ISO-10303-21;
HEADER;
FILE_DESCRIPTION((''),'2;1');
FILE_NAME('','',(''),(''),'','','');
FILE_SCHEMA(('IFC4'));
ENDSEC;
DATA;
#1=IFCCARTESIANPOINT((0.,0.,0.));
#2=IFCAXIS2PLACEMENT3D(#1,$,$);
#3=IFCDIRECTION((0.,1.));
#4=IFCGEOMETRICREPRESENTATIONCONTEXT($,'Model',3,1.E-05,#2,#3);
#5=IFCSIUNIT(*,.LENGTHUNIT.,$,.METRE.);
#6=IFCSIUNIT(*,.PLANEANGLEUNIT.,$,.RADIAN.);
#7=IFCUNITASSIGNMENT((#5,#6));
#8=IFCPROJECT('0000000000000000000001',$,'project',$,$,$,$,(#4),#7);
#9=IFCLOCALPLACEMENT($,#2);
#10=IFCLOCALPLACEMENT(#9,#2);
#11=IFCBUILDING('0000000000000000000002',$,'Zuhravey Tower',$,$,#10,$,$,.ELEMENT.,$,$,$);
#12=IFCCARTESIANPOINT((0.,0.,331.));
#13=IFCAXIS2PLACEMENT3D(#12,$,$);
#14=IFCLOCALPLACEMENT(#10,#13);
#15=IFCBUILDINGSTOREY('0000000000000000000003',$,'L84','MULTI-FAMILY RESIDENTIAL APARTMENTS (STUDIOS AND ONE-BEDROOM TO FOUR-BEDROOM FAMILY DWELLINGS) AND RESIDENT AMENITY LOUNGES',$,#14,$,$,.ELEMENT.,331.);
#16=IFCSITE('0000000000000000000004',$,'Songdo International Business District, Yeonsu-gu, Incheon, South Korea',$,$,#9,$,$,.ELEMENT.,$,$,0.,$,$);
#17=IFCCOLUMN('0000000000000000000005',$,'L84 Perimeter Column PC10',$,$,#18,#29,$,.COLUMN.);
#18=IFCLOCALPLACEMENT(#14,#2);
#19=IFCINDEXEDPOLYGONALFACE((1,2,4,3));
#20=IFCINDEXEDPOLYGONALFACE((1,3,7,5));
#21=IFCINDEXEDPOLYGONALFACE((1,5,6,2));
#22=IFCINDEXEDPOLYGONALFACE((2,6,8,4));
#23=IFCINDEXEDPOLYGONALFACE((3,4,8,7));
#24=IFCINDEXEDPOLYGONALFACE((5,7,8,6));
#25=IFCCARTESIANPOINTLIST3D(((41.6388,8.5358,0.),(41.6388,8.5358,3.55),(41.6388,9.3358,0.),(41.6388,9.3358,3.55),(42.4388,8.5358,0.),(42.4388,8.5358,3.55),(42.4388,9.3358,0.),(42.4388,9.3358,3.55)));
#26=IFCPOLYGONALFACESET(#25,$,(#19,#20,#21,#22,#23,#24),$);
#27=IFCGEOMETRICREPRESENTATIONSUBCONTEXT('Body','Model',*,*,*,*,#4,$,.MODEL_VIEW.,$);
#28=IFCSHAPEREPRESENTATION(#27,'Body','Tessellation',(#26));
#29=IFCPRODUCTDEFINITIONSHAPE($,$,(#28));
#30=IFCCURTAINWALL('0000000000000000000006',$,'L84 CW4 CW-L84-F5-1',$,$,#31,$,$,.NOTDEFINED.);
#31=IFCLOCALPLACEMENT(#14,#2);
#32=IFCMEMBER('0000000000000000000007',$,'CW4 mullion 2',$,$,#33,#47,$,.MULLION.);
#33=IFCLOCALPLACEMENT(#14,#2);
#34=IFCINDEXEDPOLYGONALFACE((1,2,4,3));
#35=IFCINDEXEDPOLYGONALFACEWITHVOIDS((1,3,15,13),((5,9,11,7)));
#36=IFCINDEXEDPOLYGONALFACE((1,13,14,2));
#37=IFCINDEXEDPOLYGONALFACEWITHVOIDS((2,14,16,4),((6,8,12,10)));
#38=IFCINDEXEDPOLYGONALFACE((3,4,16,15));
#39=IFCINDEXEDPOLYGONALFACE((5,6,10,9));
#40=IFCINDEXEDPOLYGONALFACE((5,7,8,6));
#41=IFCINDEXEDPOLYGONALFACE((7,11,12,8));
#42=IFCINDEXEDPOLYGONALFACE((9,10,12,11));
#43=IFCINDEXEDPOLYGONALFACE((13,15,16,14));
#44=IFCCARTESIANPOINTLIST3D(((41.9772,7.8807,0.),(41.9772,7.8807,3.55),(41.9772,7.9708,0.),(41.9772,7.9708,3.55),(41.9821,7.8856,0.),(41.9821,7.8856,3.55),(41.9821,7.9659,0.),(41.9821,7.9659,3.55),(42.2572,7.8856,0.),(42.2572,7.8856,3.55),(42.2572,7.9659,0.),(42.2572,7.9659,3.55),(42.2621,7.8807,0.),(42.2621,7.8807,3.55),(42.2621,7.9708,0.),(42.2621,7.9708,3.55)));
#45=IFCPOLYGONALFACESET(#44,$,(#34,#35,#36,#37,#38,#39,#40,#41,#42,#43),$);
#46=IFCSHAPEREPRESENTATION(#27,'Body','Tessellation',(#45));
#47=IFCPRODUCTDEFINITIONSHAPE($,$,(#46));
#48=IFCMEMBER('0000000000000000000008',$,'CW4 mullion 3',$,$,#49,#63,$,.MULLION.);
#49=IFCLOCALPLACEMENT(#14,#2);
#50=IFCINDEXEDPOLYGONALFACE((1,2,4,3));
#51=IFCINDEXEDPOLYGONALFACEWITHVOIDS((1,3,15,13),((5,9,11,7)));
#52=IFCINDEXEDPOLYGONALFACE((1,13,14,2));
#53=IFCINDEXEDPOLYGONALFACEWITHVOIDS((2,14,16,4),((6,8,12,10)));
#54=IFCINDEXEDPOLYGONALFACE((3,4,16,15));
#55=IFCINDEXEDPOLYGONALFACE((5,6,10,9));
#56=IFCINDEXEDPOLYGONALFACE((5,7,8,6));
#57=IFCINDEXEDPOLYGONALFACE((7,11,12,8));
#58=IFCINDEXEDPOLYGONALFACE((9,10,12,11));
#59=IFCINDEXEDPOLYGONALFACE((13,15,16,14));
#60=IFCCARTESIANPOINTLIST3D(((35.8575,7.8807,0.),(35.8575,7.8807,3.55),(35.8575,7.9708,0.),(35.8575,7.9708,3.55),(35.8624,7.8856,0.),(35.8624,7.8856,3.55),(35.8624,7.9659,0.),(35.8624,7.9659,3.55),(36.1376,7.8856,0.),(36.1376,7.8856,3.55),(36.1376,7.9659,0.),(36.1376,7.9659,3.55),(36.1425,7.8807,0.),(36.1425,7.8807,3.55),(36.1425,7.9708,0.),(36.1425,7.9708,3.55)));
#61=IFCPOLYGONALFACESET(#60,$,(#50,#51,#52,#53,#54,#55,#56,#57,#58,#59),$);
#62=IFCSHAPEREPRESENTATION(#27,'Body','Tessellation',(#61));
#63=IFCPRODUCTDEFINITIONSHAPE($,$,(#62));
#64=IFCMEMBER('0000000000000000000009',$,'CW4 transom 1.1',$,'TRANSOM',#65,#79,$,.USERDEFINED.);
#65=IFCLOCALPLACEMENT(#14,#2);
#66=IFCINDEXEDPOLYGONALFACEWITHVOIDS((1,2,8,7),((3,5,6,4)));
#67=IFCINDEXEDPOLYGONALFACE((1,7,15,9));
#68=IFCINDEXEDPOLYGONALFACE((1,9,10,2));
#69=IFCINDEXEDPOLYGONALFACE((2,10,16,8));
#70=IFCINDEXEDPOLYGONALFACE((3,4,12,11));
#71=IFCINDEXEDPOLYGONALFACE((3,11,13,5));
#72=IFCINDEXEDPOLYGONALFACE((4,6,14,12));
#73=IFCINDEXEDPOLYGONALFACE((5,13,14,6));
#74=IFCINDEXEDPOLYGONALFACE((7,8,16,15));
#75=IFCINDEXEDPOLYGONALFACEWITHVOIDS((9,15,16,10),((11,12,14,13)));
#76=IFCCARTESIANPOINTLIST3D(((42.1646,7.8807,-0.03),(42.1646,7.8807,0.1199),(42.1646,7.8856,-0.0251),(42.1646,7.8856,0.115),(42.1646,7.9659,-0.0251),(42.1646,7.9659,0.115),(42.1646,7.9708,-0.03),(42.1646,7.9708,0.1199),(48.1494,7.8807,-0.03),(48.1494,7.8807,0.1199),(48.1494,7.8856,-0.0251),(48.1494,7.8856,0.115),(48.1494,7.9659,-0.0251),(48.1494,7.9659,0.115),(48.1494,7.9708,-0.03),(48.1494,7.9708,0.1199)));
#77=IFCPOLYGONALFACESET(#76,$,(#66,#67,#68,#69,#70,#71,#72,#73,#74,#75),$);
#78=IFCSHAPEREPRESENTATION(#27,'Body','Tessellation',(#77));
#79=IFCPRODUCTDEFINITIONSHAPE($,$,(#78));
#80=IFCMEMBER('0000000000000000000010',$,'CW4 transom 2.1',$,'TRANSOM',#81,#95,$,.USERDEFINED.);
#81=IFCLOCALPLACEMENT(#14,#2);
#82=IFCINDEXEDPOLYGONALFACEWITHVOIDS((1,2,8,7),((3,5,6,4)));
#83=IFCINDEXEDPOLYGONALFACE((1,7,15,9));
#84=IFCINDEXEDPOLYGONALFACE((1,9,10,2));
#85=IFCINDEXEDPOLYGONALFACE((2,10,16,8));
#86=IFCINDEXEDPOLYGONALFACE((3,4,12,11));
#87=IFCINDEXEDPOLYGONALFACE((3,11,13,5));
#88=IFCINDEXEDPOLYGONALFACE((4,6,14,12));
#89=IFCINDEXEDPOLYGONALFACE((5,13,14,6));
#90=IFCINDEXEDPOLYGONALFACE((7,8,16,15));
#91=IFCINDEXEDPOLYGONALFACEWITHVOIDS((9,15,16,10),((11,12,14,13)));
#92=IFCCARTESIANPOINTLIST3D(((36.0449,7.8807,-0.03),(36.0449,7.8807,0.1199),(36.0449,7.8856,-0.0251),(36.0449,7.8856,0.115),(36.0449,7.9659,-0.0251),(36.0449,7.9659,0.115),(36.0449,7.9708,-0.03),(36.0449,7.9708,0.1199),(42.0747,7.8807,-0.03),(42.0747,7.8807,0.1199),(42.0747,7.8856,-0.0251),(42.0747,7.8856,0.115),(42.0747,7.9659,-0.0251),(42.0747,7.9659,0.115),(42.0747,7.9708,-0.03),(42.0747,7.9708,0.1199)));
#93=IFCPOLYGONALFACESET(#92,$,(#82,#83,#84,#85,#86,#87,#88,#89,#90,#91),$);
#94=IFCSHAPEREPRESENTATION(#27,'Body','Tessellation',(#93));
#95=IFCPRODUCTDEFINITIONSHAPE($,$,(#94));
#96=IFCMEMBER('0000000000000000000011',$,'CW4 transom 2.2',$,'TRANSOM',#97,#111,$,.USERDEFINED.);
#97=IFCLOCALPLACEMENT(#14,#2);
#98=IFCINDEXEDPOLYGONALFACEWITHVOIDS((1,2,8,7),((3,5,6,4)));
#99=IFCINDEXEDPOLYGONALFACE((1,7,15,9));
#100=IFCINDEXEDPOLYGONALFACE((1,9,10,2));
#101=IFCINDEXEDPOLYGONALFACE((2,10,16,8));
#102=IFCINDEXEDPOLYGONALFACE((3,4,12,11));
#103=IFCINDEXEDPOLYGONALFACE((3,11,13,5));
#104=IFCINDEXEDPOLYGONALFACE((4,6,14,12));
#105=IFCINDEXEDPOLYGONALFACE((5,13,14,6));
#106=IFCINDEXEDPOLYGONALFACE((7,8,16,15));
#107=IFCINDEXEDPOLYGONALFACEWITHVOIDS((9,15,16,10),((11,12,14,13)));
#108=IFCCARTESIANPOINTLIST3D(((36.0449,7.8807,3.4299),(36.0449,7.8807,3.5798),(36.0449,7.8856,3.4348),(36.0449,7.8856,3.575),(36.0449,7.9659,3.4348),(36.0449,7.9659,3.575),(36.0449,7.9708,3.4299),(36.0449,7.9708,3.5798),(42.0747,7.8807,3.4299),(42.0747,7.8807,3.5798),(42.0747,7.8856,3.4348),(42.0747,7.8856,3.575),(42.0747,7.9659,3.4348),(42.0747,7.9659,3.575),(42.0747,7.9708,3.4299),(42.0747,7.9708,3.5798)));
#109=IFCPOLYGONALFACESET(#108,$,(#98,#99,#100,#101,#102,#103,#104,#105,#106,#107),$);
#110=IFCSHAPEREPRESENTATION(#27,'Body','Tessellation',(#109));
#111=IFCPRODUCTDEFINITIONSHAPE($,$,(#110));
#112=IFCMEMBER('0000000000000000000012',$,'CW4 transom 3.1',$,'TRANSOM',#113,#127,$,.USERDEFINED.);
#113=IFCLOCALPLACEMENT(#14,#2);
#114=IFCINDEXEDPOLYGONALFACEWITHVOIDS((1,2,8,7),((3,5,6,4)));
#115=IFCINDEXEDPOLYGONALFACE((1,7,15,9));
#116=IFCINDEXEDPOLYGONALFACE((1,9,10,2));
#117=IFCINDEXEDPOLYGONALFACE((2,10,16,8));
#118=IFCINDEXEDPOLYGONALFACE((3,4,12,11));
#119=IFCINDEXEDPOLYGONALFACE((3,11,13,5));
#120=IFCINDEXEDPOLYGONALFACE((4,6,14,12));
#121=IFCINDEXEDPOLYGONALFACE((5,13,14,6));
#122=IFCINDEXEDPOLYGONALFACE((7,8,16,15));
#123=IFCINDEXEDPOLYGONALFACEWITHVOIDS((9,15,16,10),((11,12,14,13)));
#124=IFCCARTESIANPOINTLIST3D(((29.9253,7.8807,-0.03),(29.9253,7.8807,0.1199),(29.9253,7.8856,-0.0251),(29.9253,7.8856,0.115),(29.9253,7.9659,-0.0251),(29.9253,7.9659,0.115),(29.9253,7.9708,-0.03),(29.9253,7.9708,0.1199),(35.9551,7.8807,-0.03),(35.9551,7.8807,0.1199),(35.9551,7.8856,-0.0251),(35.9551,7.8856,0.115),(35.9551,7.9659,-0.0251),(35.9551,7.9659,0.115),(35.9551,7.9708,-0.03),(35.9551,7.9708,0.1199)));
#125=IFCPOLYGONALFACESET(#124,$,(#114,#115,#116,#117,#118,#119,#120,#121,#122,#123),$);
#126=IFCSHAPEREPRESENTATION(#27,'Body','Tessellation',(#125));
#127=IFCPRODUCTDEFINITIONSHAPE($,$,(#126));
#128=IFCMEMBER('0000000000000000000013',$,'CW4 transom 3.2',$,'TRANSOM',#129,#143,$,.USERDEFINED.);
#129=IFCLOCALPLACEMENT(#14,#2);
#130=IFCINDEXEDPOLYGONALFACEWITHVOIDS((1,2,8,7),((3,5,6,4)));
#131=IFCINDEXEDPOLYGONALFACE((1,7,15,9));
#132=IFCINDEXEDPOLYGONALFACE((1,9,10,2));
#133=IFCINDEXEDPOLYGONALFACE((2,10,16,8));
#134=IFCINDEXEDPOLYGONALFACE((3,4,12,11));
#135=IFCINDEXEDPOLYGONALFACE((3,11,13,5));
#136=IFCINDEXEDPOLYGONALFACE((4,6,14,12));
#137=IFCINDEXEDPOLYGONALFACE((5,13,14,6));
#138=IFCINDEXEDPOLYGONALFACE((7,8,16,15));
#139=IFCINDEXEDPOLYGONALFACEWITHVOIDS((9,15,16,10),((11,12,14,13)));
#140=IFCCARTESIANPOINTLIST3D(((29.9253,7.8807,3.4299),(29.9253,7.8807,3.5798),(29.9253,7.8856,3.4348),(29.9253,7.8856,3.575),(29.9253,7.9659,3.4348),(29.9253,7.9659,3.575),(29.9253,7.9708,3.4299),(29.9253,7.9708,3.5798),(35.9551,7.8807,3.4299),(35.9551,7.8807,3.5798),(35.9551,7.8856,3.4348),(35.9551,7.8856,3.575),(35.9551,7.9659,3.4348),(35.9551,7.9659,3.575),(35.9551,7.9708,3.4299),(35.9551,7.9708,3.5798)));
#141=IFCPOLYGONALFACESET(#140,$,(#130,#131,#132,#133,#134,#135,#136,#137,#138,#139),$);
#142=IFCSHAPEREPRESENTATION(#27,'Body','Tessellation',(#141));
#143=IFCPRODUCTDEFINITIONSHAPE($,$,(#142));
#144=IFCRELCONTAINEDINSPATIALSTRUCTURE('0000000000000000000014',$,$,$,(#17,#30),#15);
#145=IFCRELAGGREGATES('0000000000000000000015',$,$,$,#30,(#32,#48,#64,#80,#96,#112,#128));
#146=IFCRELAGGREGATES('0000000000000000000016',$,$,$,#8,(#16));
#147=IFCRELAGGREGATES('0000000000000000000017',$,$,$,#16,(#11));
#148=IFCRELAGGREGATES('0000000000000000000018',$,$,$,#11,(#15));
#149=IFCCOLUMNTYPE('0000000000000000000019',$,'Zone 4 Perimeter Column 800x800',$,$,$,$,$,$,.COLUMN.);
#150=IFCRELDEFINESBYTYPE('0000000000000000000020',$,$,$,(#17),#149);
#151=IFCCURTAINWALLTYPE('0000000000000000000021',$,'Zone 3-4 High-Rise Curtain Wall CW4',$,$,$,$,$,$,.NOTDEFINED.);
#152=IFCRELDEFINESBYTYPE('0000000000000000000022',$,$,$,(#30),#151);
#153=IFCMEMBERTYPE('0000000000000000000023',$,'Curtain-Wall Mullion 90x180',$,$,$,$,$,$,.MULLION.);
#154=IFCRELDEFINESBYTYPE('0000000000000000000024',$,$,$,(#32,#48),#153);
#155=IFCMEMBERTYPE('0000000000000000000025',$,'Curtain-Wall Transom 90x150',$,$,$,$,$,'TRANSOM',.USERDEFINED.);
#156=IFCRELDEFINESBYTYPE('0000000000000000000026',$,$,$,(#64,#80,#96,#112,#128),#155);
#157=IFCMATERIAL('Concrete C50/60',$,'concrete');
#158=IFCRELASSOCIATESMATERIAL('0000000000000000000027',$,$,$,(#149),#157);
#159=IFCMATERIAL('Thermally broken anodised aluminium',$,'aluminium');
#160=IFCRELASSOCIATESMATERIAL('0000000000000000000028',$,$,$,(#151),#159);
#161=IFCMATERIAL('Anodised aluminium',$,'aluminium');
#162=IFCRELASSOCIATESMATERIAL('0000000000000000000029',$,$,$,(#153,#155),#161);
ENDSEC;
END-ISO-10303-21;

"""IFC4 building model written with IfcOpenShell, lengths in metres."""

from ifc_helpers import new_model, si_unit, direction, frame, origin, origin_2d, place, context, subcontext, project, spatial, rectangle, hollow_rectangle, extrude, material, material_profile, profile_set, type_object, element, aggregate, save


model = new_model("IFC4")

# Units and contexts
model_context = context("Model", 3, precision=1e-05, world=origin(), true_north=direction((0.0, 1.0)))
body_context = subcontext(model_context, "Body", "Model", "MODEL_VIEW")
ifc_project = project(units=[si_unit("LENGTHUNIT", "METRE"), si_unit("PLANEANGLEUNIT", "RADIAN")], contexts=[model_context])

# Site, building, storey
site_placement = place(None, origin())
site = spatial("IfcSite", under=ifc_project, at=site_placement, Name="Songdo International Business District, Yeonsu-gu, Incheon, South Korea", CompositionType="ELEMENT", RefElevation=0.0)
building_placement = place(site_placement, origin())
building = spatial("IfcBuilding", under=site, at=building_placement, Name="Zuhravey Tower", CompositionType="ELEMENT")
storey_placement = place(building_placement, frame((0.0, 0.0, 331.0)))
storey = spatial("IfcBuildingStorey", under=building, at=storey_placement, Name="L84", Description="MULTI-FAMILY RESIDENTIAL APARTMENTS (STUDIOS AND ONE-BEDROOM TO FOUR-BEDROOM FAMILY DWELLINGS) AND RESIDENT AMENITY LOUNGES", CompositionType="ELEMENT", Elevation=331.0)

# Column
ifc_material_1 = material(Name="Concrete C50/60", Category="concrete")
ifc_material_profile_1 = material_profile(ifc_material_1, rectangle(XDim=0.8, YDim=0.8, at=origin_2d()), Name="RC-800x800")
ifc_profile_set_1 = profile_set([ifc_material_profile_1], Name="Concrete C50/60")
column_type = type_object("IfcColumnType", Name="Zone 4 Perimeter Column 800x800", PredefinedType="COLUMN", material=ifc_profile_set_1)
column_placement = place(storey_placement, frame((42.0388, 8.9358, 0.0), z_axis=(0.0, 0.0, 1.0), x_axis=(1.0, 0.0, 0.0)))
element("IfcColumn", 1, at=column_placement, inside=storey, type_object=column_type, Name="L84 Perimeter Column PC10", PredefinedType="COLUMN", context=body_context, shape_type="SweptSolid", body=[
    extrude(rectangle(XDim=0.8, YDim=0.8, at=origin_2d()), origin(), (0.0, 0.0, 1.0), 3.55),
])

# Curtain wall, members
ifc_material_2 = material(Name="Thermally broken anodised aluminium", Category="aluminium")
curtain_wall_type = type_object("IfcCurtainWallType", Name="Zone 3-4 High-Rise Curtain Wall CW4", PredefinedType="NOTDEFINED", material=ifc_material_2)
curtain_wall_placement = place(storey_placement, origin())
curtain_wall = element("IfcCurtainWall", 2, at=curtain_wall_placement, inside=storey, type_object=curtain_wall_type, Name="L84 CW4 CW-L84-F5-1", PredefinedType="NOTDEFINED")
ifc_material_3 = material(Name="Anodised aluminium", Category="aluminium")
ifc_material_profile_2 = material_profile(ifc_material_3, hollow_rectangle(XDim=0.0901, YDim=0.2849, WallThickness=0.0049, at=origin_2d()), Name="ALU-RHS-90x285x5")
ifc_profile_set_2 = profile_set([ifc_material_profile_2], Name="Anodised aluminium")
member_type_1 = type_object("IfcMemberType", Name="Curtain-Wall Mullion 90x180", PredefinedType="MULLION", material=ifc_profile_set_2)
member_1_placement = place(storey_placement, frame((42.1196, 7.9258, 0.0), z_axis=(0.0, 0.0, 1.0), x_axis=(0.0, -1.0, 0.0)))
member_1 = element("IfcMember", 3, at=member_1_placement, type_object=member_type_1, Name="CW4 mullion 2", PredefinedType="MULLION", context=body_context, shape_type="SweptSolid", body=[
    extrude(hollow_rectangle(XDim=0.0901, YDim=0.2849, WallThickness=0.0049, at=origin_2d()), origin(), (0.0, 0.0, 1.0), 3.55),
])
member_2_placement = place(storey_placement, frame((36.0, 7.9258, 0.0), z_axis=(0.0, 0.0, 1.0), x_axis=(0.0, -1.0, 0.0)))
member_2 = element("IfcMember", 4, at=member_2_placement, type_object=member_type_1, Name="CW4 mullion 3", PredefinedType="MULLION", context=body_context, shape_type="SweptSolid", body=[
    extrude(hollow_rectangle(XDim=0.0901, YDim=0.2849, WallThickness=0.0049, at=origin_2d()), origin(), (0.0, 0.0, 1.0), 3.55),
])
ifc_material_profile_3 = material_profile(ifc_material_3, hollow_rectangle(XDim=0.0901, YDim=0.1499, WallThickness=0.0049, at=origin_2d()), Name="ALU-RHS-90x150x5")
ifc_profile_set_3 = profile_set([ifc_material_profile_3], Name="Anodised aluminium")
member_type_2 = type_object("IfcMemberType", Name="Curtain-Wall Transom 90x150", ElementType="TRANSOM", PredefinedType="USERDEFINED", material=ifc_profile_set_3)
member_3_placement = place(storey_placement, frame((48.1494, 7.9258, 0.0449), z_axis=(-1.0, 0.0, 0.0), x_axis=(0.0, -1.0, 0.0)))
member_3 = element("IfcMember", 5, at=member_3_placement, type_object=member_type_2, Name="CW4 transom 1.1", ObjectType="TRANSOM", PredefinedType="USERDEFINED", context=body_context, shape_type="SweptSolid", body=[
    extrude(hollow_rectangle(XDim=0.0901, YDim=0.1499, WallThickness=0.0049, at=origin_2d()), origin(), (0.0, 0.0, 1.0), 5.9849),
])
member_4_placement = place(storey_placement, frame((42.0747, 7.9258, 0.0449), z_axis=(-1.0, 0.0, 0.0), x_axis=(0.0, -1.0, 0.0)))
member_4 = element("IfcMember", 6, at=member_4_placement, type_object=member_type_2, Name="CW4 transom 2.1", ObjectType="TRANSOM", PredefinedType="USERDEFINED", context=body_context, shape_type="SweptSolid", body=[
    extrude(hollow_rectangle(XDim=0.0901, YDim=0.1499, WallThickness=0.0049, at=origin_2d()), origin(), (0.0, 0.0, 1.0), 6.0298),
])
member_5_placement = place(storey_placement, frame((42.0747, 7.9258, 3.5049), z_axis=(-1.0, 0.0, 0.0), x_axis=(0.0, -1.0, 0.0)))
member_5 = element("IfcMember", 7, at=member_5_placement, type_object=member_type_2, Name="CW4 transom 2.2", ObjectType="TRANSOM", PredefinedType="USERDEFINED", context=body_context, shape_type="SweptSolid", body=[
    extrude(hollow_rectangle(XDim=0.0901, YDim=0.1499, WallThickness=0.0049, at=origin_2d()), origin(), (0.0, 0.0, 1.0), 6.0298),
])
member_6_placement = place(storey_placement, frame((35.9551, 7.9258, 0.0449), z_axis=(-1.0, 0.0, 0.0), x_axis=(0.0, -1.0, 0.0)))
member_6 = element("IfcMember", 8, at=member_6_placement, type_object=member_type_2, Name="CW4 transom 3.1", ObjectType="TRANSOM", PredefinedType="USERDEFINED", context=body_context, shape_type="SweptSolid", body=[
    extrude(hollow_rectangle(XDim=0.0901, YDim=0.1499, WallThickness=0.0049, at=origin_2d()), origin(), (0.0, 0.0, 1.0), 6.0298),
])
member_7_placement = place(storey_placement, frame((35.9551, 7.9258, 3.5049), z_axis=(-1.0, 0.0, 0.0), x_axis=(0.0, -1.0, 0.0)))
member_7 = element("IfcMember", 9, at=member_7_placement, type_object=member_type_2, Name="CW4 transom 3.2", ObjectType="TRANSOM", PredefinedType="USERDEFINED", context=body_context, shape_type="SweptSolid", body=[
    extrude(hollow_rectangle(XDim=0.0901, YDim=0.1499, WallThickness=0.0049, at=origin_2d()), origin(), (0.0, 0.0, 1.0), 6.0298),
])

aggregate(curtain_wall, [member_1, member_2, member_3, member_4, member_5, member_6, member_7])

save(model, "model.ifc")
